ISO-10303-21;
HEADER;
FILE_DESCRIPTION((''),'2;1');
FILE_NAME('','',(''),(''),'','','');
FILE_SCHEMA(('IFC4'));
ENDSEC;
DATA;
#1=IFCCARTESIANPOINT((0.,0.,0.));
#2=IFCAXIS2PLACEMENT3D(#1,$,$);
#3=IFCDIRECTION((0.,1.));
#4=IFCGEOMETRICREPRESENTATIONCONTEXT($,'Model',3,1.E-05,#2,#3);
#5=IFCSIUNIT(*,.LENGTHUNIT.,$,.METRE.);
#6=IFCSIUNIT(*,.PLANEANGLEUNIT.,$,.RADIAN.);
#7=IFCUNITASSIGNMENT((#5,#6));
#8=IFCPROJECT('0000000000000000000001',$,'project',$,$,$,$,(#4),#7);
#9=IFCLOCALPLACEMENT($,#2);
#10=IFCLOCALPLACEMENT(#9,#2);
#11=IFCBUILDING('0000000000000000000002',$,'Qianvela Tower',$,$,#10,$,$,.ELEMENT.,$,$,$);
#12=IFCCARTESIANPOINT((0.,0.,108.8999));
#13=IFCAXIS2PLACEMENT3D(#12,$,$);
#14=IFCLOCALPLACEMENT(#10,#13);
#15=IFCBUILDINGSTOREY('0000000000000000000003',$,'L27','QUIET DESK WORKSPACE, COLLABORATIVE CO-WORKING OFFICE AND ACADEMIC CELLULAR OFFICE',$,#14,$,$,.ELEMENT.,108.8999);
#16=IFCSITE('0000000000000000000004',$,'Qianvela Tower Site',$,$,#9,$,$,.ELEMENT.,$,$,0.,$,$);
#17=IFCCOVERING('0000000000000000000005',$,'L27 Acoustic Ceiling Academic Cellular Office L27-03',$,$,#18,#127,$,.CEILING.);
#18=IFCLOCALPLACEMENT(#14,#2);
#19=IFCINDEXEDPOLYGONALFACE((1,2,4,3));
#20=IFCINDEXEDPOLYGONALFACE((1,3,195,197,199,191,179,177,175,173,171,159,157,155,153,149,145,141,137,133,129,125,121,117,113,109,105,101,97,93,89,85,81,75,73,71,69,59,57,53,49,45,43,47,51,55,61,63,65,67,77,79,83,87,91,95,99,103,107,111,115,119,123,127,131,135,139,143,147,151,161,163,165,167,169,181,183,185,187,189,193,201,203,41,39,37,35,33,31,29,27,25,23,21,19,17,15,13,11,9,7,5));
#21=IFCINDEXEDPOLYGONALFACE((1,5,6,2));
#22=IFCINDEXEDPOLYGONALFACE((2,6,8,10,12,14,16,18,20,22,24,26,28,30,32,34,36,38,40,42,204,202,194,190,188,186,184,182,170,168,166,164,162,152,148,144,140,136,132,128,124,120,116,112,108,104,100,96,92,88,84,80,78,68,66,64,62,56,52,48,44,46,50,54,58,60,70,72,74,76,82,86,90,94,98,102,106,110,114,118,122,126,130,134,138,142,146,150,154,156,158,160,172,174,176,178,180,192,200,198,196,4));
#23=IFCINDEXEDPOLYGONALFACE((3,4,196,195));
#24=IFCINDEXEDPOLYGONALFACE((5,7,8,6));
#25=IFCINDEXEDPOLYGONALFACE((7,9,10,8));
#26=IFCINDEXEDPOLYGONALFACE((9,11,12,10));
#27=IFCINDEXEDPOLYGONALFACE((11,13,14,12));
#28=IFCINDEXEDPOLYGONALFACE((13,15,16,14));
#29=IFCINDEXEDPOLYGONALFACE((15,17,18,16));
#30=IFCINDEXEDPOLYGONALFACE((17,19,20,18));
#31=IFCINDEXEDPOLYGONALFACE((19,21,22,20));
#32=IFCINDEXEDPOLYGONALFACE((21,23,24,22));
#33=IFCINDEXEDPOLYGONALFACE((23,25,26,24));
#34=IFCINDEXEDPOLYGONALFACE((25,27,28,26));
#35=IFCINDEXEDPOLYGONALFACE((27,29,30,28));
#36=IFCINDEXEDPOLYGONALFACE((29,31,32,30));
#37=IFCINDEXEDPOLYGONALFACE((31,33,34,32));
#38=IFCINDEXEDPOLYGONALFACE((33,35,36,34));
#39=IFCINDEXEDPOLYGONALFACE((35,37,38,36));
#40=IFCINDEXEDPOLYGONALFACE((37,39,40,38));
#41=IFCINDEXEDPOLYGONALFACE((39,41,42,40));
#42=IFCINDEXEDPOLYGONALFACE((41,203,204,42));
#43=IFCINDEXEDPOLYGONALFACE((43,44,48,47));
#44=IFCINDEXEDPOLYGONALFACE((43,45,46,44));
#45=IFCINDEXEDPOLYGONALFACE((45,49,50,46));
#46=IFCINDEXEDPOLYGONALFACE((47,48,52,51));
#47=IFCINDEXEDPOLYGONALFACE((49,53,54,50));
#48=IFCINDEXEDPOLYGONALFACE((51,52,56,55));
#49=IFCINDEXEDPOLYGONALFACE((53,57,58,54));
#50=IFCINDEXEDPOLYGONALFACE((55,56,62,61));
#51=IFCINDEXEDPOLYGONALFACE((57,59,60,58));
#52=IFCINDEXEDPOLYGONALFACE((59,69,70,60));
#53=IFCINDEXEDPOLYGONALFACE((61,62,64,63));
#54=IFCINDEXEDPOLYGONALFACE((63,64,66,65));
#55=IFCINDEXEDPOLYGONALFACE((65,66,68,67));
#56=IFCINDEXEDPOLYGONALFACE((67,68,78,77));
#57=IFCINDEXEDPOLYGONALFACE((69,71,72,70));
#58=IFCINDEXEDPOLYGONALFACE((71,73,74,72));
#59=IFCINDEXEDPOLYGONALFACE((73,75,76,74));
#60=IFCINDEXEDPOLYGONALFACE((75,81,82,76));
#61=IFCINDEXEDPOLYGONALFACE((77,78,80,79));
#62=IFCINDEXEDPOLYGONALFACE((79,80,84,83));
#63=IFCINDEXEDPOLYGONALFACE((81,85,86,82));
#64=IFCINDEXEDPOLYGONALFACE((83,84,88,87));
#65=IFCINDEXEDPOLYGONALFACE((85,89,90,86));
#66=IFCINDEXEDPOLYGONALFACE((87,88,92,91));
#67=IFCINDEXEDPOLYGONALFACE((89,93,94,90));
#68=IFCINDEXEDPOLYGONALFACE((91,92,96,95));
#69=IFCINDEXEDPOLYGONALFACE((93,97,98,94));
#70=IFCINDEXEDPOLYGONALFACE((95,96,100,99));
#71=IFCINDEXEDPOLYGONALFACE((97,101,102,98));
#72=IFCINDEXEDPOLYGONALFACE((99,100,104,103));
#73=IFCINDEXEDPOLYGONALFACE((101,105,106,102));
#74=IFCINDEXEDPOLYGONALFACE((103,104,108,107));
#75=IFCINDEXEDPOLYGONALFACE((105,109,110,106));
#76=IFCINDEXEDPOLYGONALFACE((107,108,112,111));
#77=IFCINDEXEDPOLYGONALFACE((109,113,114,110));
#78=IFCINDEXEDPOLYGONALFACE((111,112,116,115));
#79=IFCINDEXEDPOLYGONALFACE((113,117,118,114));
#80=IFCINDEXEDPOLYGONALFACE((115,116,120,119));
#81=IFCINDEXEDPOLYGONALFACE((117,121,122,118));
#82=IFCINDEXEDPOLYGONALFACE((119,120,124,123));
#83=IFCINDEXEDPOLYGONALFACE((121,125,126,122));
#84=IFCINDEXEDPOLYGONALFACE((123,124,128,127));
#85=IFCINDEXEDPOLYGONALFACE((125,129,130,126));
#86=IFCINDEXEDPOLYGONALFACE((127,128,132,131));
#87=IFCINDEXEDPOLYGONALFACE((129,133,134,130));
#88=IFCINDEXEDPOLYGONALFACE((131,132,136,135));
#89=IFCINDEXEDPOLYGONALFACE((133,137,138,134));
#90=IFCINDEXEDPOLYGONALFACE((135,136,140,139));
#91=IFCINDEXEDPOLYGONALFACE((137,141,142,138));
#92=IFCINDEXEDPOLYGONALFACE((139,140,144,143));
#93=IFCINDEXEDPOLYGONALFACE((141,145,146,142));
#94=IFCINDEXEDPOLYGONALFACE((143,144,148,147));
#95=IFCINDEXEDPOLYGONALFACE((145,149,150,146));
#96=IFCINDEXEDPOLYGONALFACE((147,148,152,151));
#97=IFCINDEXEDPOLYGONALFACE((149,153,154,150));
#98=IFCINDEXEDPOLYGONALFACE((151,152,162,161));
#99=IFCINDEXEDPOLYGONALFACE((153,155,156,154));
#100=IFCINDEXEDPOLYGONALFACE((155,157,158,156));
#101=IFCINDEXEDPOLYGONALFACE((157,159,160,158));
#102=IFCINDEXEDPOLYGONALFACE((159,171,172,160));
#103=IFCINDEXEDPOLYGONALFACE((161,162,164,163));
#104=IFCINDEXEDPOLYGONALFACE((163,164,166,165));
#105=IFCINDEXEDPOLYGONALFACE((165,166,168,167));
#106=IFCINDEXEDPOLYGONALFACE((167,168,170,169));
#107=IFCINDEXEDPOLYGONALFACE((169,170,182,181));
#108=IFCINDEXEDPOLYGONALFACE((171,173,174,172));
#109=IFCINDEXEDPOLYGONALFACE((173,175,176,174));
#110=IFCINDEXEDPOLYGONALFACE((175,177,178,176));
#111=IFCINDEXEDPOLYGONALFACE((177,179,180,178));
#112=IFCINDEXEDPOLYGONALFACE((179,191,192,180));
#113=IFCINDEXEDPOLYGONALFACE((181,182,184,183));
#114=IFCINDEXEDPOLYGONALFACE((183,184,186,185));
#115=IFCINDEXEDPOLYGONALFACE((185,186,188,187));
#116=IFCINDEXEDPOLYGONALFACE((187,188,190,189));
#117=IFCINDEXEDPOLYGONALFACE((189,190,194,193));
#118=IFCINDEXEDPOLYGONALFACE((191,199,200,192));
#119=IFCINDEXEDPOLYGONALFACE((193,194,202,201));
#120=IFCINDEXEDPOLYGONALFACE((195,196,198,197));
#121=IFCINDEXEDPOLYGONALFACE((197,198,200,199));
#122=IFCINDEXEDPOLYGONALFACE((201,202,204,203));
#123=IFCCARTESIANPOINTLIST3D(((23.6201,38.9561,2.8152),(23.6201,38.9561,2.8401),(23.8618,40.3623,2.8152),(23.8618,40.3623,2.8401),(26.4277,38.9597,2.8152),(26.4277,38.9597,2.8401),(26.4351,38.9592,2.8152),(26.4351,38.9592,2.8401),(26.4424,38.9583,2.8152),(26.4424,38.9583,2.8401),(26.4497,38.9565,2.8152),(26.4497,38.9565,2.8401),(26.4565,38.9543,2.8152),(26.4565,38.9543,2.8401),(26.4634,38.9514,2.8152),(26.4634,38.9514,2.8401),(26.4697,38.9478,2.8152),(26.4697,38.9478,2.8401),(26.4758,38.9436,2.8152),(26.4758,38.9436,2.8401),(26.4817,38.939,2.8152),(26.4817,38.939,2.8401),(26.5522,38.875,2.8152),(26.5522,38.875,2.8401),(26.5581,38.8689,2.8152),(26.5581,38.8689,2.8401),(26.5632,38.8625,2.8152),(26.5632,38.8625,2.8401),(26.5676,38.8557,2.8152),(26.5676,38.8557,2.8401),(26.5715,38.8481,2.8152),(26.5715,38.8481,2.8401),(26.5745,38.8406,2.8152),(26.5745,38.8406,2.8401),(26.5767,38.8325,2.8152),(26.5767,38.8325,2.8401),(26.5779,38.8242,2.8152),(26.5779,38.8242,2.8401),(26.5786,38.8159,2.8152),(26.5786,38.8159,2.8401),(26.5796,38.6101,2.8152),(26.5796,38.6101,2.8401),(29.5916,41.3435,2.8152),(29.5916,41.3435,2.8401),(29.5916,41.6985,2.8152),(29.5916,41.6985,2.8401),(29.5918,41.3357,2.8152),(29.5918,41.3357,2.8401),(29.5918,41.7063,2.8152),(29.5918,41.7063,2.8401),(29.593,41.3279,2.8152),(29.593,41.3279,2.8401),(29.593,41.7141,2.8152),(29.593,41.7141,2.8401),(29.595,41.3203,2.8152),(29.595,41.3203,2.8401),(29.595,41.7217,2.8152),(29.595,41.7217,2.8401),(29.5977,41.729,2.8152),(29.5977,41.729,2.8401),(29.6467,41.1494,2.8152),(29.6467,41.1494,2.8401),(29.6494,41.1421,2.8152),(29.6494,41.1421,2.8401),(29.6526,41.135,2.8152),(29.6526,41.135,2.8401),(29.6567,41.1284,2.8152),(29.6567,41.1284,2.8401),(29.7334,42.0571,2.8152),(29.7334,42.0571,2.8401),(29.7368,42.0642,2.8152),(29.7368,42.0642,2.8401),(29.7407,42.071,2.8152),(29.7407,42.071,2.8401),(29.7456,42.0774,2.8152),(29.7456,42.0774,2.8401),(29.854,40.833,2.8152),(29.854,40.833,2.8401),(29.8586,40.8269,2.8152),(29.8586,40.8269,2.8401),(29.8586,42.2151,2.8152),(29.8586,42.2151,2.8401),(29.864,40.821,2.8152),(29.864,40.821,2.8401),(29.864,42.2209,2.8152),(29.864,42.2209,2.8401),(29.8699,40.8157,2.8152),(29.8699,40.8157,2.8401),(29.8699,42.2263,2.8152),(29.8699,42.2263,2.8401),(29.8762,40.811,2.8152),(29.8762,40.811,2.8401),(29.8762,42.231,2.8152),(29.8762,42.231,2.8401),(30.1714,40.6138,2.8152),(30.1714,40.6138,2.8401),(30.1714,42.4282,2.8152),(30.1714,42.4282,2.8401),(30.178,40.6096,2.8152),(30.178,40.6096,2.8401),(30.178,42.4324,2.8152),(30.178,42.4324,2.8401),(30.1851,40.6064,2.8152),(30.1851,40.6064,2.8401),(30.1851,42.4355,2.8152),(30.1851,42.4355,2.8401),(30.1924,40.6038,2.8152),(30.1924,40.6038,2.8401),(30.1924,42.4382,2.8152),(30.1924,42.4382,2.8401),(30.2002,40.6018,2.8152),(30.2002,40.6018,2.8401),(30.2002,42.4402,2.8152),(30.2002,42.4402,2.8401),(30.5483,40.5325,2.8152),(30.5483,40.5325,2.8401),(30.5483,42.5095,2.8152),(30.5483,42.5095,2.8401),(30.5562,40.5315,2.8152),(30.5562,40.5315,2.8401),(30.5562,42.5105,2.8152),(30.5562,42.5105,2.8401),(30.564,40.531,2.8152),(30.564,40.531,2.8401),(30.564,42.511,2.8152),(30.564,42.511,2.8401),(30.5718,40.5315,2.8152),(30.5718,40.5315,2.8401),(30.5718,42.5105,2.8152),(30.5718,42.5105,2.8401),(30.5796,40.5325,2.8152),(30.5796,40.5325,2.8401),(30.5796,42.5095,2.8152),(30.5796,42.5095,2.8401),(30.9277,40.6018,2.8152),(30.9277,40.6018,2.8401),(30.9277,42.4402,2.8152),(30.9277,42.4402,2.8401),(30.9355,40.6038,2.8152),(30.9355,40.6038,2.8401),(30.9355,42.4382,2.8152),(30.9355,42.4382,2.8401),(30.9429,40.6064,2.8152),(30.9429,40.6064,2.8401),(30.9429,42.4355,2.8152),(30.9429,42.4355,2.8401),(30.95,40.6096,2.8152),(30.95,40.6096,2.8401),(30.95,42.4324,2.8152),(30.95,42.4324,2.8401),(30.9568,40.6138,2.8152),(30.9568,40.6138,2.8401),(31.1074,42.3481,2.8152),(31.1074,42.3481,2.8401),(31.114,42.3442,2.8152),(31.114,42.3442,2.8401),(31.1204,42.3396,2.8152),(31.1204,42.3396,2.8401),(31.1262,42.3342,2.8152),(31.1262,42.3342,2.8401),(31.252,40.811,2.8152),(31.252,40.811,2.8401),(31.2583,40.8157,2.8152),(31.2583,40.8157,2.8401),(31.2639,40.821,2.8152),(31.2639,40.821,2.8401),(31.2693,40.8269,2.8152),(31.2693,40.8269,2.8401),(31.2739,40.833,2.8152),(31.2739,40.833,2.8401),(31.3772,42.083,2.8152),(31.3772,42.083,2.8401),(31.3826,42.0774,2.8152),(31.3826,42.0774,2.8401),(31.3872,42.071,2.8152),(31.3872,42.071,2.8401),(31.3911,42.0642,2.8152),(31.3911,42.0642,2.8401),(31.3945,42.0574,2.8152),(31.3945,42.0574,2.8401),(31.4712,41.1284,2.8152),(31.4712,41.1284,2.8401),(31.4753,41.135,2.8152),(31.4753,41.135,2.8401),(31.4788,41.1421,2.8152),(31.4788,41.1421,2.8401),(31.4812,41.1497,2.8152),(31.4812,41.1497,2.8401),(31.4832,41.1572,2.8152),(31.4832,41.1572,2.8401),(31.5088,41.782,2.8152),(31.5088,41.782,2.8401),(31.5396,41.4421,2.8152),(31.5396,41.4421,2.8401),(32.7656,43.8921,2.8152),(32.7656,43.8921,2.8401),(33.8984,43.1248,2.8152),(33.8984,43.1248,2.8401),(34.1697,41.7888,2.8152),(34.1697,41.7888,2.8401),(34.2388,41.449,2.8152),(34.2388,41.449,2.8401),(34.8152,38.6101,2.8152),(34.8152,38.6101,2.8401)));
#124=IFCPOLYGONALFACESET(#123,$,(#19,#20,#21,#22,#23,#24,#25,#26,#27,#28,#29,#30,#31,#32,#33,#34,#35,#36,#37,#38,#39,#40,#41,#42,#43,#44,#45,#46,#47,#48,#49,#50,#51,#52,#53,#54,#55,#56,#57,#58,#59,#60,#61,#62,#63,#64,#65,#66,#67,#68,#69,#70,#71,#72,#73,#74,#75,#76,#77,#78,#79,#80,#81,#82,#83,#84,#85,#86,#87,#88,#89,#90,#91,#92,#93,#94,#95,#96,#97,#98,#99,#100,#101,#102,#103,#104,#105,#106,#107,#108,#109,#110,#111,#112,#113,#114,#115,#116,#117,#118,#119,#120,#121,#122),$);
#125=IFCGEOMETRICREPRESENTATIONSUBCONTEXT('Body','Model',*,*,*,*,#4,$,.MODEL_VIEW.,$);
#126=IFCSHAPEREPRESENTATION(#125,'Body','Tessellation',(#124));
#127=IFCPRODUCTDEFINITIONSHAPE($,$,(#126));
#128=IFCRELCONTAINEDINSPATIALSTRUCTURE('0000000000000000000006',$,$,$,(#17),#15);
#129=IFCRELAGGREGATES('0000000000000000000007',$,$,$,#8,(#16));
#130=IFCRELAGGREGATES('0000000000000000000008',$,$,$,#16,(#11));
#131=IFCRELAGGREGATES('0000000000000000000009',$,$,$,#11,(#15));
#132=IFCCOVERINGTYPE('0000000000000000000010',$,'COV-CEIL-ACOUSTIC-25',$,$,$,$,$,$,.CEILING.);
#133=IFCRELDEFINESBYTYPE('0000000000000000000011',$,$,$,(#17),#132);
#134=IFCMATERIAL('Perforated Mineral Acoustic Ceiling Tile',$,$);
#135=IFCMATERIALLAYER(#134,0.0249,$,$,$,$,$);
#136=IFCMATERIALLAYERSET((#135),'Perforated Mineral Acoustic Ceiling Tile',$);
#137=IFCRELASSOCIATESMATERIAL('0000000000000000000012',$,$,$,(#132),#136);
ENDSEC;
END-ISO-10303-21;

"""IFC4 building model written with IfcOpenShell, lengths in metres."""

from ifc_helpers import new_model, si_unit, direction, frame, origin, place, context, subcontext, project, spatial, polyline, outline, extrude, material, layer, layer_set, type_object, element, save


model = new_model("IFC4")

# Units and contexts
model_context = context("Model", 3, precision=1e-05, world=origin(), true_north=direction((0.0, 1.0)))
body_context = subcontext(model_context, "Body", "Model", "MODEL_VIEW")
ifc_project = project(units=[si_unit("LENGTHUNIT", "METRE"), si_unit("PLANEANGLEUNIT", "RADIAN")], contexts=[model_context])

# Site, building, storey
site_placement = place(None, origin())
site = spatial("IfcSite", under=ifc_project, at=site_placement, Name="Qianvela Tower Site", CompositionType="ELEMENT", RefElevation=0.0)
building_placement = place(site_placement, origin())
building = spatial("IfcBuilding", under=site, at=building_placement, Name="Qianvela Tower", CompositionType="ELEMENT")
storey_placement = place(building_placement, frame((0.0, 0.0, 108.8999)))
storey = spatial("IfcBuildingStorey", under=building, at=storey_placement, Name="L27", Description="QUIET DESK WORKSPACE, COLLABORATIVE CO-WORKING OFFICE AND ACADEMIC CELLULAR OFFICE", CompositionType="ELEMENT", Elevation=108.8999)

# Covering
ifc_material_1 = material(Name="Perforated Mineral Acoustic Ceiling Tile")
ifc_layer_1 = layer(ifc_material_1, 0.0249)
ifc_layer_set_1 = layer_set([ifc_layer_1], Name="Perforated Mineral Acoustic Ceiling Tile")
covering_type_1 = type_object("IfcCoveringType", Name="COV-CEIL-ACOUSTIC-25", PredefinedType="CEILING", material=ifc_layer_set_1)
covering_1_placement = place(storey_placement, frame((0.0, 0.0, 2.8152)))
element("IfcCovering", 1, at=covering_1_placement, inside=storey, type_object=covering_type_1, Name="L27 Acoustic Ceiling Academic Cellular Office L27-03", PredefinedType="CEILING", context=body_context, shape_type="SweptSolid", body=[
    extrude(outline(polyline([(26.5796, 38.6101), (26.5786, 38.8159), (26.5779, 38.8242), (26.5767, 38.8325), (26.5745, 38.8406), (26.5715, 38.8481), (26.5676, 38.8557), (26.5632, 38.8625), (26.5581, 38.8689), (26.5522, 38.875), (26.4817, 38.939), (26.4758, 38.9436), (26.4697, 38.9478), (26.4634, 38.9514), (26.4565, 38.9543), (26.4497, 38.9565), (26.4424, 38.9583), (26.4351, 38.9592), (26.4277, 38.9597), (23.6201, 38.9561), (23.8618, 40.3623), (32.7656, 43.8921), (33.8984, 43.1248), (34.1697, 41.7888), (31.5088, 41.782), (31.3945, 42.0574), (31.3911, 42.0642), (31.3872, 42.071), (31.3826, 42.0774), (31.3772, 42.083), (31.1262, 42.3342), (31.1204, 42.3396), (31.114, 42.3442), (31.1074, 42.3481), (30.95, 42.4324), (30.9429, 42.4355), (30.9355, 42.4382), (30.9277, 42.4402), (30.5796, 42.5095), (30.5718, 42.5105), (30.564, 42.511), (30.5562, 42.5105), (30.5483, 42.5095), (30.2002, 42.4402), (30.1924, 42.4382), (30.1851, 42.4355), (30.178, 42.4324), (30.1714, 42.4282), (29.8762, 42.231), (29.8699, 42.2263), (29.864, 42.2209), (29.8586, 42.2151), (29.7456, 42.0774), (29.7407, 42.071), (29.7368, 42.0642), (29.7334, 42.0571), (29.5977, 41.729), (29.595, 41.7217), (29.593, 41.7141), (29.5918, 41.7063), (29.5916, 41.6985), (29.5916, 41.3435), (29.5918, 41.3357), (29.593, 41.3279), (29.595, 41.3203), (29.6467, 41.1494), (29.6494, 41.1421), (29.6526, 41.135), (29.6567, 41.1284), (29.854, 40.833), (29.8586, 40.8269), (29.864, 40.821), (29.8699, 40.8157), (29.8762, 40.811), (30.1714, 40.6138), (30.178, 40.6096), (30.1851, 40.6064), (30.1924, 40.6038), (30.2002, 40.6018), (30.5483, 40.5325), (30.5562, 40.5315), (30.564, 40.531), (30.5718, 40.5315), (30.5796, 40.5325), (30.9277, 40.6018), (30.9355, 40.6038), (30.9429, 40.6064), (30.95, 40.6096), (30.9568, 40.6138), (31.252, 40.811), (31.2583, 40.8157), (31.2639, 40.821), (31.2693, 40.8269), (31.2739, 40.833), (31.4712, 41.1284), (31.4753, 41.135), (31.4788, 41.1421), (31.4812, 41.1497), (31.4832, 41.1572), (31.5396, 41.4421), (34.2388, 41.449), (34.8152, 38.6101), (26.5796, 38.6101)])), origin(), (0.0, 0.0, 1.0), 0.0249),
])

save(model, "model.ifc")
